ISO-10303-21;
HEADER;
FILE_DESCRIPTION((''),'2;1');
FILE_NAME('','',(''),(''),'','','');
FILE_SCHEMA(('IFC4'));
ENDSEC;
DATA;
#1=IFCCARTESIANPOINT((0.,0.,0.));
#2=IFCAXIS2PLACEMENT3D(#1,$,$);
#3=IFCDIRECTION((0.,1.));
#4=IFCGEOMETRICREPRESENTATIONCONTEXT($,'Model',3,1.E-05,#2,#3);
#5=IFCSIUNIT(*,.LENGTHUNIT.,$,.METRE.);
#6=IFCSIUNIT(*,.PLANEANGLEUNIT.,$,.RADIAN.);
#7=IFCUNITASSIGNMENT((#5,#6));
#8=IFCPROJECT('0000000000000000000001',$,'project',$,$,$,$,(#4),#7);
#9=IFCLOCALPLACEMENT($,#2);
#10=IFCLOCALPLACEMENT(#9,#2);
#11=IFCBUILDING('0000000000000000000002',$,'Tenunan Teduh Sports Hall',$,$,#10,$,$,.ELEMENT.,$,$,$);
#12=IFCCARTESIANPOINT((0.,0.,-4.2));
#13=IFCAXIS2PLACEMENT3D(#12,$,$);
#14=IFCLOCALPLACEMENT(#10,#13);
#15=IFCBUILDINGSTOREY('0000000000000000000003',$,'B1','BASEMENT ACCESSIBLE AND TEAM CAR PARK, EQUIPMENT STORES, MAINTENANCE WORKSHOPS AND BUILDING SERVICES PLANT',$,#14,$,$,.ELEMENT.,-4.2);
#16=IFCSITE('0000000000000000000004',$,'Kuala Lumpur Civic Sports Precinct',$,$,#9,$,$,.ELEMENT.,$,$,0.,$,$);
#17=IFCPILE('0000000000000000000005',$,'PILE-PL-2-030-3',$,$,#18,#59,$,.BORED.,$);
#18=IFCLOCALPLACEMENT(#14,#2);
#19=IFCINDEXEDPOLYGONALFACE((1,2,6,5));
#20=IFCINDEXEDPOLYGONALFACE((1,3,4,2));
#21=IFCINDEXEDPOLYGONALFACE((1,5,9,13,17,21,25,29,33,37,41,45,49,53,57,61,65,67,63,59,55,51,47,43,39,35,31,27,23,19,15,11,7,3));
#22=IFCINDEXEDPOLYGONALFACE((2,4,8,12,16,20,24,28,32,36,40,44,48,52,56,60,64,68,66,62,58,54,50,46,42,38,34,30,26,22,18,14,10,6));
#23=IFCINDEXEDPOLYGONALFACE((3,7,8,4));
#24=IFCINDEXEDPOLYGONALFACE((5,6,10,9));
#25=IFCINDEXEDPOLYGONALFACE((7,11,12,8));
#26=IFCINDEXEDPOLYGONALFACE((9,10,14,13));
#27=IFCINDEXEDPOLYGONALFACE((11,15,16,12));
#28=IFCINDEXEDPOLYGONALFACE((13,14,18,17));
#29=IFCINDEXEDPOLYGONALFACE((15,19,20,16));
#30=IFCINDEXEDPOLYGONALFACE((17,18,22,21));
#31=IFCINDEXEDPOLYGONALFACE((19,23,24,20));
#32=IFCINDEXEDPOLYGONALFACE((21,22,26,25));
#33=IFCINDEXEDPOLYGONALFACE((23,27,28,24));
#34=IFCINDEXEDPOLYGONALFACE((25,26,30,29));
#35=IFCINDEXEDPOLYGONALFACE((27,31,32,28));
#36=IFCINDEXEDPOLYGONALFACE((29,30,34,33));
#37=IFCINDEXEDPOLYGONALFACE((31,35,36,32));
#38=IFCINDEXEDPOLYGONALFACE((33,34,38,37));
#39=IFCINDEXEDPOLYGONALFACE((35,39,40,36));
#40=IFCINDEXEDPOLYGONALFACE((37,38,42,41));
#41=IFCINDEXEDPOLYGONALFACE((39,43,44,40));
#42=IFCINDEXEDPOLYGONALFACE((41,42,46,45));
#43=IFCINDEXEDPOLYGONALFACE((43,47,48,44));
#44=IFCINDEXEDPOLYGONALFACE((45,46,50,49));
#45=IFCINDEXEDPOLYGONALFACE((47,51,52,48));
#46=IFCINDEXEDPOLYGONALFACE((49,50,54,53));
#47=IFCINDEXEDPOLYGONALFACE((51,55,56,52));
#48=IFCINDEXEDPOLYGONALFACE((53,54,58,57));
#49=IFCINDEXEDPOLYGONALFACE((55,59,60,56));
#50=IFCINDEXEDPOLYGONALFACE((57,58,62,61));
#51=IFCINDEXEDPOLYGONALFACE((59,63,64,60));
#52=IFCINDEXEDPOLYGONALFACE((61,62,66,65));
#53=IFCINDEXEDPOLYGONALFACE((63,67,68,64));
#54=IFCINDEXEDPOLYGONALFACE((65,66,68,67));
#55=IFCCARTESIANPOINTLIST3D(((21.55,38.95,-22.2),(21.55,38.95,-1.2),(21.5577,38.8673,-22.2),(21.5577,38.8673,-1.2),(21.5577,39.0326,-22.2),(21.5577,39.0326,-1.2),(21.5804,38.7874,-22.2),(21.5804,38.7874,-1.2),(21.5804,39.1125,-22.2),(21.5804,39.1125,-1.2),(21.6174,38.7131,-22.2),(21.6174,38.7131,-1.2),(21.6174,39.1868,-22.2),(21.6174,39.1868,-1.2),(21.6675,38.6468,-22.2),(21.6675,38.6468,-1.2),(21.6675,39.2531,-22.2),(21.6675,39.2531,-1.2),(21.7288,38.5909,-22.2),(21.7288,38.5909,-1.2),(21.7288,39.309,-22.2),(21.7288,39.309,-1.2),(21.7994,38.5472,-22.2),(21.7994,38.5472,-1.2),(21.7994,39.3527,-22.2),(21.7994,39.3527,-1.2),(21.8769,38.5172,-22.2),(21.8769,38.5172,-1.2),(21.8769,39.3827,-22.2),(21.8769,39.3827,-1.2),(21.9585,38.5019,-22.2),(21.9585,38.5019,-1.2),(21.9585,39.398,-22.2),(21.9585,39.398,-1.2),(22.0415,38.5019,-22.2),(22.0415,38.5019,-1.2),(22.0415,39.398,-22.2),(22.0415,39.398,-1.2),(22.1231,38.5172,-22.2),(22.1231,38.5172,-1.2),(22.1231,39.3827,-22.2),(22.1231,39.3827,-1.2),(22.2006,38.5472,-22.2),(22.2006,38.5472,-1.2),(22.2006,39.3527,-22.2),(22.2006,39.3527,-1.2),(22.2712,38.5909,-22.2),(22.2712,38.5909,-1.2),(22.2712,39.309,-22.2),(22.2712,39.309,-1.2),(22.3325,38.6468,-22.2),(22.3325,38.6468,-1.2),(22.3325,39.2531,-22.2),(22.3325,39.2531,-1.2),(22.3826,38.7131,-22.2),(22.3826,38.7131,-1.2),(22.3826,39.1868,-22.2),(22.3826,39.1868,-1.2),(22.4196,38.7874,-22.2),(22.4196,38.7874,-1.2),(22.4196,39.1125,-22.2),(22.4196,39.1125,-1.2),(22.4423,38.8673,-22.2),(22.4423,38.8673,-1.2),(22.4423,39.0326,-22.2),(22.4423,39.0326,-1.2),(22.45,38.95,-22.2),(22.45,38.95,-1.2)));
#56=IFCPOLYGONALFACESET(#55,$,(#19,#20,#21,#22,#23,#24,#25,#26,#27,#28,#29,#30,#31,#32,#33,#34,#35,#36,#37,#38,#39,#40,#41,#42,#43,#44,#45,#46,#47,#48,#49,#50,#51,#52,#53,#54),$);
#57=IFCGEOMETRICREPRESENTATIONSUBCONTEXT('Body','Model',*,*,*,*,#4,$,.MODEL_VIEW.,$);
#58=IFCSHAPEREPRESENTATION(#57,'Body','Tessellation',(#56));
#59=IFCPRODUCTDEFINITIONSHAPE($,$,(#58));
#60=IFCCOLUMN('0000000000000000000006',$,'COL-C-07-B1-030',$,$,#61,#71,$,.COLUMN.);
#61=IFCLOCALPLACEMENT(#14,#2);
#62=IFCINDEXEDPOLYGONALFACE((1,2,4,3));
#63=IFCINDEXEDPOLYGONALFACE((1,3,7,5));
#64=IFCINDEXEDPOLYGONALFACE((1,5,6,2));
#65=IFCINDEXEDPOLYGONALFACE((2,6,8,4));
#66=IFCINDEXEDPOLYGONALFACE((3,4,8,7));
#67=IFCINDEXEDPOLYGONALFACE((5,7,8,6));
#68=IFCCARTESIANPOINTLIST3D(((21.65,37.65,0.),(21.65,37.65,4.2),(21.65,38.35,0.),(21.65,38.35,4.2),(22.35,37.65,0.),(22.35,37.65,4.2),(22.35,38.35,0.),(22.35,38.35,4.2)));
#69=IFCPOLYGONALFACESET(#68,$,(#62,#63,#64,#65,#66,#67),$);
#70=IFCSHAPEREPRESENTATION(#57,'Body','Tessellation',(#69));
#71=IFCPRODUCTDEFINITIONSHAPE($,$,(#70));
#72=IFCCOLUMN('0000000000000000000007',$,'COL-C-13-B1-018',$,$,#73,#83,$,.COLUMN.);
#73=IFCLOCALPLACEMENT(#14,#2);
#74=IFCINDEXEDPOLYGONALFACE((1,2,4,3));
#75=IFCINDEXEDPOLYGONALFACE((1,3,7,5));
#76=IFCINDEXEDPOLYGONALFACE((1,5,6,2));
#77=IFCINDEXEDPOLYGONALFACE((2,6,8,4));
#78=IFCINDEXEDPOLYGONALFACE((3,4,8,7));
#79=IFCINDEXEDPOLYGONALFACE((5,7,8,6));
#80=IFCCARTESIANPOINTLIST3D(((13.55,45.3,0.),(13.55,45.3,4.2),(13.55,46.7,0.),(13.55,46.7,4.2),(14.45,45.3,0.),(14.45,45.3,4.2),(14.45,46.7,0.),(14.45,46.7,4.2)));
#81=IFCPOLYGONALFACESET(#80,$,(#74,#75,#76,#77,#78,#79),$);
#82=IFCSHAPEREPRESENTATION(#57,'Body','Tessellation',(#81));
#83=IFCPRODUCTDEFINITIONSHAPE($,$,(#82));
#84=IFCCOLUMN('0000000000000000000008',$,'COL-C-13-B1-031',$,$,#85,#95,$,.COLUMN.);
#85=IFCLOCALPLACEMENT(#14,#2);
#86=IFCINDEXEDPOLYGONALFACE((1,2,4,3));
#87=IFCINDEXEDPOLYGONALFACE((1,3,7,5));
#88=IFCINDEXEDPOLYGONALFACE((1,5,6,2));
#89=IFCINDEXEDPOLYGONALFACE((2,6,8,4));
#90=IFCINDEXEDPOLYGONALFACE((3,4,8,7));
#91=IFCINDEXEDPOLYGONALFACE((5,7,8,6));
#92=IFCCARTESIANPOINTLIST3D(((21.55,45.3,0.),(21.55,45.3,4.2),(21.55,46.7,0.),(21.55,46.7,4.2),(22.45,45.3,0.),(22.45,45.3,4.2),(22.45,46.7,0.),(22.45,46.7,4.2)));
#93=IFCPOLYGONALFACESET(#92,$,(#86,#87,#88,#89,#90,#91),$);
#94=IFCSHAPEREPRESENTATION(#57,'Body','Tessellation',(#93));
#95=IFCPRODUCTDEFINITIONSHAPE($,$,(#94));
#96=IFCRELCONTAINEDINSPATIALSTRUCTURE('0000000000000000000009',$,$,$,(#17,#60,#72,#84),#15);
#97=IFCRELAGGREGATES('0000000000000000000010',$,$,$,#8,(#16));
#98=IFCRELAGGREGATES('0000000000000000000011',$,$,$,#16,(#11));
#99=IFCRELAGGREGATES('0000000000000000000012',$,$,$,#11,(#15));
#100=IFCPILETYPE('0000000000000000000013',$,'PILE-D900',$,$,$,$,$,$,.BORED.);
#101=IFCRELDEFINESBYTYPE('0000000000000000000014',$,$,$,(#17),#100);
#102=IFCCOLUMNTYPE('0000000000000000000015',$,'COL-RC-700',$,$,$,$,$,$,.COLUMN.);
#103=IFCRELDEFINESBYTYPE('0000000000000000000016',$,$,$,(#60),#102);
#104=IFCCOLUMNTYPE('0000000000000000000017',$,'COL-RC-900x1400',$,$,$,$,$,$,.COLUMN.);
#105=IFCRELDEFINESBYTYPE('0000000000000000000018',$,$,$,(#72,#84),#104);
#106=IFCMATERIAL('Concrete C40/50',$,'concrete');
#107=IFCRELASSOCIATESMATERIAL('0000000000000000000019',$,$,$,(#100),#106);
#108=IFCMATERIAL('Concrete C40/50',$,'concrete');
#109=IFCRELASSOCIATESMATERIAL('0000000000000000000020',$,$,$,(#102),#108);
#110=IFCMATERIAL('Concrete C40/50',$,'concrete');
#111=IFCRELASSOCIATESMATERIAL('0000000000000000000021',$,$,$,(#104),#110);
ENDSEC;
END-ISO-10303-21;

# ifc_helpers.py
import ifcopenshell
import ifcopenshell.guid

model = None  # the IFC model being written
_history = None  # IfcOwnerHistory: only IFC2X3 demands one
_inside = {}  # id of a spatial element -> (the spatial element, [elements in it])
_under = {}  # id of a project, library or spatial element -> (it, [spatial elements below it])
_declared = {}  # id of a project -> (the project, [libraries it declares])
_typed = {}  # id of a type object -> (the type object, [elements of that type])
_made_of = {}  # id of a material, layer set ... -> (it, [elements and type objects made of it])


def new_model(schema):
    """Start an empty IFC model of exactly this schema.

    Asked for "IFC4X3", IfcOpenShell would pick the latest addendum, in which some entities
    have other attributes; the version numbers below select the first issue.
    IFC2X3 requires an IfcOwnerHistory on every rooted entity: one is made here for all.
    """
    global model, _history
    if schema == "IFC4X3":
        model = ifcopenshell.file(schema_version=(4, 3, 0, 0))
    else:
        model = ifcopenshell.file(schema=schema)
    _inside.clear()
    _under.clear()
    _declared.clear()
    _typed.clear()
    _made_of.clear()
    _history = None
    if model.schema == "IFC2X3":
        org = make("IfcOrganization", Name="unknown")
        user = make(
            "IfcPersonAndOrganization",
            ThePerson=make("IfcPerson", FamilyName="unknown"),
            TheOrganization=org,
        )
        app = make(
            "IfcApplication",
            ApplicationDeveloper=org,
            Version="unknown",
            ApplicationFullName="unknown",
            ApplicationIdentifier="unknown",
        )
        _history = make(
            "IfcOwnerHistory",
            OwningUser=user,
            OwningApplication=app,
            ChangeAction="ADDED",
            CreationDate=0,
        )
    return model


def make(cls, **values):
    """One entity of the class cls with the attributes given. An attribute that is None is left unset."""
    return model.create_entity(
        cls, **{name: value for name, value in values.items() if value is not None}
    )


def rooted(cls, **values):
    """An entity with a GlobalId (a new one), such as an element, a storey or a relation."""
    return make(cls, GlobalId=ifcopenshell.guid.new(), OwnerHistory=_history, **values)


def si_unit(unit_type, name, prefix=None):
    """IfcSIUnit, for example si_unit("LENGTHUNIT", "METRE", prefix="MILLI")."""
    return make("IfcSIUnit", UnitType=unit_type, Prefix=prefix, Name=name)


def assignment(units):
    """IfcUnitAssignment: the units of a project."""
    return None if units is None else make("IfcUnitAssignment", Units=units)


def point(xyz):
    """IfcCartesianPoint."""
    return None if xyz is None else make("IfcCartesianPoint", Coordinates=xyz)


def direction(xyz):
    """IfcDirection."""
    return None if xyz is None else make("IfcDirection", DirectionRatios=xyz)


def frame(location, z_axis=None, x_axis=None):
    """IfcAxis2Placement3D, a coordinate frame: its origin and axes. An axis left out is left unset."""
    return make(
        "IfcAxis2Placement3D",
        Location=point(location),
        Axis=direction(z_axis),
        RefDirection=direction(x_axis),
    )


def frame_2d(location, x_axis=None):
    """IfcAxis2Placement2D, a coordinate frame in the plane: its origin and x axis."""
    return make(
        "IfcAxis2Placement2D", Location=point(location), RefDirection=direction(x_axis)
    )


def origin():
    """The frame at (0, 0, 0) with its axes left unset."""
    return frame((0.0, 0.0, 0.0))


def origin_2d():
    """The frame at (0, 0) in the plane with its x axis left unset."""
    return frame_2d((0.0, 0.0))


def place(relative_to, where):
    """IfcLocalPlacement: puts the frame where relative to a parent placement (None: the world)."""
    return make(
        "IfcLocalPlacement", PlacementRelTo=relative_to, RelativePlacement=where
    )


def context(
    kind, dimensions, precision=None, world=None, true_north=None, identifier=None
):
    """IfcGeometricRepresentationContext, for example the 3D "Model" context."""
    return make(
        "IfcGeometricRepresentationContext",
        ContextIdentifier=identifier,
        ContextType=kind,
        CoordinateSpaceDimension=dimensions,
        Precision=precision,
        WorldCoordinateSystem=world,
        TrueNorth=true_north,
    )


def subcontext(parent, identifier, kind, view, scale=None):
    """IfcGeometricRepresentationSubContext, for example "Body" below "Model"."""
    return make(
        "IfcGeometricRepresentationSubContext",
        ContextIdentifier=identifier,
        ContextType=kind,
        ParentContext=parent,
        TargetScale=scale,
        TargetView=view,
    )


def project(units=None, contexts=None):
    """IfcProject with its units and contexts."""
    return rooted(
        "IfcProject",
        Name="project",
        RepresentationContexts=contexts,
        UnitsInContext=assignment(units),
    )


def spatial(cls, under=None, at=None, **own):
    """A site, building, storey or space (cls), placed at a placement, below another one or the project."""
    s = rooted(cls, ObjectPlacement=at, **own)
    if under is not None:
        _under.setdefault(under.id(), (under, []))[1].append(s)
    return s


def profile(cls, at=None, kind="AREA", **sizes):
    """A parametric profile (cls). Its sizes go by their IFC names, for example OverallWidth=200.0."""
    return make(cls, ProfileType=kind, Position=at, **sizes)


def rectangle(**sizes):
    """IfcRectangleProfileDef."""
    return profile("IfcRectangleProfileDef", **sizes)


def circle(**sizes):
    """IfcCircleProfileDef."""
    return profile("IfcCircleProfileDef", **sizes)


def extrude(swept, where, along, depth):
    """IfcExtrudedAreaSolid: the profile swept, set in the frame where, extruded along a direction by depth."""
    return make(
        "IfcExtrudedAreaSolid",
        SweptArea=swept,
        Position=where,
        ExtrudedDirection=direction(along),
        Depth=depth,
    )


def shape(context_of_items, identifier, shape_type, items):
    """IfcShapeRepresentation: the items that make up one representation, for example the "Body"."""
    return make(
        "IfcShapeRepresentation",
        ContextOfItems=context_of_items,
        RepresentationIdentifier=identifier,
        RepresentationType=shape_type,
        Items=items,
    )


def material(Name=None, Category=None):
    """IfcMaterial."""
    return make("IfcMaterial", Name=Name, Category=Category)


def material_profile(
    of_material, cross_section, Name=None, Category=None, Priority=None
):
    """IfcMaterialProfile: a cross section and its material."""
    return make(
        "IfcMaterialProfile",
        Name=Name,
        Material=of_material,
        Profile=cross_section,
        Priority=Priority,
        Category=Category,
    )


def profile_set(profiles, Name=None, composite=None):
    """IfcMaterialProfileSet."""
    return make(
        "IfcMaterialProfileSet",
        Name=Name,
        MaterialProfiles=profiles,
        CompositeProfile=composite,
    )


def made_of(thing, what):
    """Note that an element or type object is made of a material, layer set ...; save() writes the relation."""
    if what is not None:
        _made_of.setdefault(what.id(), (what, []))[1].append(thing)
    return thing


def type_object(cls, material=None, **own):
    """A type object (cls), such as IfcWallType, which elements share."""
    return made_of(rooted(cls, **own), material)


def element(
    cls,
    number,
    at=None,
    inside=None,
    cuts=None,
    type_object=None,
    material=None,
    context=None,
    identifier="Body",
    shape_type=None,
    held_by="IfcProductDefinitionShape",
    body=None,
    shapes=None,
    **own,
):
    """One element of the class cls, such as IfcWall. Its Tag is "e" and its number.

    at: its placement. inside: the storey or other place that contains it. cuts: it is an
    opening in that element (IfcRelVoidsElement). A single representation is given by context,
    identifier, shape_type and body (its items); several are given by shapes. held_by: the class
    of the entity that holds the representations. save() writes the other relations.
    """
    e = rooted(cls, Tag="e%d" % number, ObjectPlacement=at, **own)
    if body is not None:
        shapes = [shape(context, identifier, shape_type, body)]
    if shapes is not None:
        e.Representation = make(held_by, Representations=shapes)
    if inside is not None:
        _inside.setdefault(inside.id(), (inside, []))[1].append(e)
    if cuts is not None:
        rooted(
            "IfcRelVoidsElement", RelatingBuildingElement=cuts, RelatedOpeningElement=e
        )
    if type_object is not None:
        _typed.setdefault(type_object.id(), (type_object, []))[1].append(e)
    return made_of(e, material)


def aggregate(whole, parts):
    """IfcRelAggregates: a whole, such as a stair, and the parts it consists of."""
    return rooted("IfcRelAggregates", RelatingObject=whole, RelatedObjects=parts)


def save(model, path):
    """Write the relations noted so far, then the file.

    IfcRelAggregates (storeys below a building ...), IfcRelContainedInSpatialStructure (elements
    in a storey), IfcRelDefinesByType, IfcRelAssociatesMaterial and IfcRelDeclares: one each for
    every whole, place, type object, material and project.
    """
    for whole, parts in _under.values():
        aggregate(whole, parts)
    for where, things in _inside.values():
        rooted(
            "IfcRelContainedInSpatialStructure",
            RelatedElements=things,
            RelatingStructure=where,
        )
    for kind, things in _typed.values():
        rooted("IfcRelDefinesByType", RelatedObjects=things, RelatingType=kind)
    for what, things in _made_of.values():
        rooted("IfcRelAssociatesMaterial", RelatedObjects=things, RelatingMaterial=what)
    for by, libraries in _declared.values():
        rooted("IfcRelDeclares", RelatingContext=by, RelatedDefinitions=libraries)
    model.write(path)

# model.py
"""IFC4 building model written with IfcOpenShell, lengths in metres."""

from ifc_helpers import new_model, si_unit, direction, frame, origin, origin_2d, place, context, subcontext, project, spatial, rectangle, circle, extrude, material, material_profile, profile_set, type_object, element, save


model = new_model("IFC4")

# Units and contexts
model_context = context("Model", 3, precision=1e-05, world=origin(), true_north=direction((0.0, 1.0)))
body_context = subcontext(model_context, "Body", "Model", "MODEL_VIEW")
ifc_project = project(units=[si_unit("LENGTHUNIT", "METRE"), si_unit("PLANEANGLEUNIT", "RADIAN")], contexts=[model_context])

# Site, building, storey
site_placement = place(None, origin())
site = spatial("IfcSite", under=ifc_project, at=site_placement, Name="Kuala Lumpur Civic Sports Precinct", CompositionType="ELEMENT", RefElevation=0.0)
building_placement = place(site_placement, origin())
building = spatial("IfcBuilding", under=site, at=building_placement, Name="Tenunan Teduh Sports Hall", CompositionType="ELEMENT")
storey_placement = place(building_placement, frame((0.0, 0.0, -4.2)))
storey = spatial("IfcBuildingStorey", under=building, at=storey_placement, Name="B1", Description="BASEMENT ACCESSIBLE AND TEAM CAR PARK, EQUIPMENT STORES, MAINTENANCE WORKSHOPS AND BUILDING SERVICES PLANT", CompositionType="ELEMENT", Elevation=-4.2)

# Pile
ifc_material_1 = material(Name="Concrete C40/50", Category="concrete")
ifc_material_profile_1 = material_profile(ifc_material_1, circle(Radius=0.45, at=origin_2d()), Name="PILE D900")
ifc_profile_set_1 = profile_set([ifc_material_profile_1], Name="Concrete C40/50")
pile_type_1 = type_object("IfcPileType", Name="PILE-D900", PredefinedType="BORED", material=ifc_profile_set_1)
for number, where, z_axis, x_axis, name in (
    (1, (22.0, 38.95, -1.2), (0.0, 0.0, -1.0), (1.0, 0.0, 0.0), "PILE-PL-2-030-3"),
):
    element("IfcPile", number, at=place(storey_placement, frame(where, z_axis=z_axis, x_axis=x_axis)), inside=storey, type_object=pile_type_1, Name=name, PredefinedType="BORED", context=body_context, shape_type="SweptSolid", body=[
        extrude(circle(Radius=0.45, at=origin_2d()), origin(), (0.0, 0.0, 1.0), 21.0),
    ])

# Columns
ifc_material_2 = material(Name="Concrete C40/50", Category="concrete")
ifc_material_profile_2 = material_profile(ifc_material_2, rectangle(XDim=0.7, YDim=0.7, at=origin_2d()), Name="RC 700x700")
ifc_profile_set_2 = profile_set([ifc_material_profile_2], Name="Concrete C40/50")
column_type_1 = type_object("IfcColumnType", Name="COL-RC-700", PredefinedType="COLUMN", material=ifc_profile_set_2)
column_placement = place(storey_placement, frame((22.0, 38.0, 0.0), z_axis=(0.0, 0.0, 1.0), x_axis=(1.0, 0.0, 0.0)))
element("IfcColumn", 2, at=column_placement, inside=storey, type_object=column_type_1, Name="COL-C-07-B1-030", PredefinedType="COLUMN", context=body_context, shape_type="SweptSolid", body=[
    extrude(rectangle(XDim=0.7, YDim=0.7, at=origin_2d()), origin(), (0.0, 0.0, 1.0), 4.2),
])
ifc_material_3 = material(Name="Concrete C40/50", Category="concrete")
ifc_material_profile_3 = material_profile(ifc_material_3, rectangle(XDim=0.8999, YDim=1.3999, at=origin_2d()), Name="RC 900x1400")
ifc_profile_set_3 = profile_set([ifc_material_profile_3], Name="Concrete C40/50")
column_type_2 = type_object("IfcColumnType", Name="COL-RC-900x1400", PredefinedType="COLUMN", material=ifc_profile_set_3)
for number, where, z_axis, x_axis, name in (
    (3, (14.0, 46.0, 0.0), (0.0, 0.0, 1.0), (1.0, 0.0, 0.0), "COL-C-13-B1-018"),
    (4, (22.0, 46.0, 0.0), (0.0, 0.0, 1.0), (1.0, 0.0, 0.0), "COL-C-13-B1-031"),
):
    element("IfcColumn", number, at=place(storey_placement, frame(where, z_axis=z_axis, x_axis=x_axis)), inside=storey, type_object=column_type_2, Name=name, PredefinedType="COLUMN", context=body_context, shape_type="SweptSolid", body=[
        extrude(rectangle(XDim=0.8999, YDim=1.3999, at=origin_2d()), origin(), (0.0, 0.0, 1.0), 4.2),
    ])

save(model, "model.ifc")
